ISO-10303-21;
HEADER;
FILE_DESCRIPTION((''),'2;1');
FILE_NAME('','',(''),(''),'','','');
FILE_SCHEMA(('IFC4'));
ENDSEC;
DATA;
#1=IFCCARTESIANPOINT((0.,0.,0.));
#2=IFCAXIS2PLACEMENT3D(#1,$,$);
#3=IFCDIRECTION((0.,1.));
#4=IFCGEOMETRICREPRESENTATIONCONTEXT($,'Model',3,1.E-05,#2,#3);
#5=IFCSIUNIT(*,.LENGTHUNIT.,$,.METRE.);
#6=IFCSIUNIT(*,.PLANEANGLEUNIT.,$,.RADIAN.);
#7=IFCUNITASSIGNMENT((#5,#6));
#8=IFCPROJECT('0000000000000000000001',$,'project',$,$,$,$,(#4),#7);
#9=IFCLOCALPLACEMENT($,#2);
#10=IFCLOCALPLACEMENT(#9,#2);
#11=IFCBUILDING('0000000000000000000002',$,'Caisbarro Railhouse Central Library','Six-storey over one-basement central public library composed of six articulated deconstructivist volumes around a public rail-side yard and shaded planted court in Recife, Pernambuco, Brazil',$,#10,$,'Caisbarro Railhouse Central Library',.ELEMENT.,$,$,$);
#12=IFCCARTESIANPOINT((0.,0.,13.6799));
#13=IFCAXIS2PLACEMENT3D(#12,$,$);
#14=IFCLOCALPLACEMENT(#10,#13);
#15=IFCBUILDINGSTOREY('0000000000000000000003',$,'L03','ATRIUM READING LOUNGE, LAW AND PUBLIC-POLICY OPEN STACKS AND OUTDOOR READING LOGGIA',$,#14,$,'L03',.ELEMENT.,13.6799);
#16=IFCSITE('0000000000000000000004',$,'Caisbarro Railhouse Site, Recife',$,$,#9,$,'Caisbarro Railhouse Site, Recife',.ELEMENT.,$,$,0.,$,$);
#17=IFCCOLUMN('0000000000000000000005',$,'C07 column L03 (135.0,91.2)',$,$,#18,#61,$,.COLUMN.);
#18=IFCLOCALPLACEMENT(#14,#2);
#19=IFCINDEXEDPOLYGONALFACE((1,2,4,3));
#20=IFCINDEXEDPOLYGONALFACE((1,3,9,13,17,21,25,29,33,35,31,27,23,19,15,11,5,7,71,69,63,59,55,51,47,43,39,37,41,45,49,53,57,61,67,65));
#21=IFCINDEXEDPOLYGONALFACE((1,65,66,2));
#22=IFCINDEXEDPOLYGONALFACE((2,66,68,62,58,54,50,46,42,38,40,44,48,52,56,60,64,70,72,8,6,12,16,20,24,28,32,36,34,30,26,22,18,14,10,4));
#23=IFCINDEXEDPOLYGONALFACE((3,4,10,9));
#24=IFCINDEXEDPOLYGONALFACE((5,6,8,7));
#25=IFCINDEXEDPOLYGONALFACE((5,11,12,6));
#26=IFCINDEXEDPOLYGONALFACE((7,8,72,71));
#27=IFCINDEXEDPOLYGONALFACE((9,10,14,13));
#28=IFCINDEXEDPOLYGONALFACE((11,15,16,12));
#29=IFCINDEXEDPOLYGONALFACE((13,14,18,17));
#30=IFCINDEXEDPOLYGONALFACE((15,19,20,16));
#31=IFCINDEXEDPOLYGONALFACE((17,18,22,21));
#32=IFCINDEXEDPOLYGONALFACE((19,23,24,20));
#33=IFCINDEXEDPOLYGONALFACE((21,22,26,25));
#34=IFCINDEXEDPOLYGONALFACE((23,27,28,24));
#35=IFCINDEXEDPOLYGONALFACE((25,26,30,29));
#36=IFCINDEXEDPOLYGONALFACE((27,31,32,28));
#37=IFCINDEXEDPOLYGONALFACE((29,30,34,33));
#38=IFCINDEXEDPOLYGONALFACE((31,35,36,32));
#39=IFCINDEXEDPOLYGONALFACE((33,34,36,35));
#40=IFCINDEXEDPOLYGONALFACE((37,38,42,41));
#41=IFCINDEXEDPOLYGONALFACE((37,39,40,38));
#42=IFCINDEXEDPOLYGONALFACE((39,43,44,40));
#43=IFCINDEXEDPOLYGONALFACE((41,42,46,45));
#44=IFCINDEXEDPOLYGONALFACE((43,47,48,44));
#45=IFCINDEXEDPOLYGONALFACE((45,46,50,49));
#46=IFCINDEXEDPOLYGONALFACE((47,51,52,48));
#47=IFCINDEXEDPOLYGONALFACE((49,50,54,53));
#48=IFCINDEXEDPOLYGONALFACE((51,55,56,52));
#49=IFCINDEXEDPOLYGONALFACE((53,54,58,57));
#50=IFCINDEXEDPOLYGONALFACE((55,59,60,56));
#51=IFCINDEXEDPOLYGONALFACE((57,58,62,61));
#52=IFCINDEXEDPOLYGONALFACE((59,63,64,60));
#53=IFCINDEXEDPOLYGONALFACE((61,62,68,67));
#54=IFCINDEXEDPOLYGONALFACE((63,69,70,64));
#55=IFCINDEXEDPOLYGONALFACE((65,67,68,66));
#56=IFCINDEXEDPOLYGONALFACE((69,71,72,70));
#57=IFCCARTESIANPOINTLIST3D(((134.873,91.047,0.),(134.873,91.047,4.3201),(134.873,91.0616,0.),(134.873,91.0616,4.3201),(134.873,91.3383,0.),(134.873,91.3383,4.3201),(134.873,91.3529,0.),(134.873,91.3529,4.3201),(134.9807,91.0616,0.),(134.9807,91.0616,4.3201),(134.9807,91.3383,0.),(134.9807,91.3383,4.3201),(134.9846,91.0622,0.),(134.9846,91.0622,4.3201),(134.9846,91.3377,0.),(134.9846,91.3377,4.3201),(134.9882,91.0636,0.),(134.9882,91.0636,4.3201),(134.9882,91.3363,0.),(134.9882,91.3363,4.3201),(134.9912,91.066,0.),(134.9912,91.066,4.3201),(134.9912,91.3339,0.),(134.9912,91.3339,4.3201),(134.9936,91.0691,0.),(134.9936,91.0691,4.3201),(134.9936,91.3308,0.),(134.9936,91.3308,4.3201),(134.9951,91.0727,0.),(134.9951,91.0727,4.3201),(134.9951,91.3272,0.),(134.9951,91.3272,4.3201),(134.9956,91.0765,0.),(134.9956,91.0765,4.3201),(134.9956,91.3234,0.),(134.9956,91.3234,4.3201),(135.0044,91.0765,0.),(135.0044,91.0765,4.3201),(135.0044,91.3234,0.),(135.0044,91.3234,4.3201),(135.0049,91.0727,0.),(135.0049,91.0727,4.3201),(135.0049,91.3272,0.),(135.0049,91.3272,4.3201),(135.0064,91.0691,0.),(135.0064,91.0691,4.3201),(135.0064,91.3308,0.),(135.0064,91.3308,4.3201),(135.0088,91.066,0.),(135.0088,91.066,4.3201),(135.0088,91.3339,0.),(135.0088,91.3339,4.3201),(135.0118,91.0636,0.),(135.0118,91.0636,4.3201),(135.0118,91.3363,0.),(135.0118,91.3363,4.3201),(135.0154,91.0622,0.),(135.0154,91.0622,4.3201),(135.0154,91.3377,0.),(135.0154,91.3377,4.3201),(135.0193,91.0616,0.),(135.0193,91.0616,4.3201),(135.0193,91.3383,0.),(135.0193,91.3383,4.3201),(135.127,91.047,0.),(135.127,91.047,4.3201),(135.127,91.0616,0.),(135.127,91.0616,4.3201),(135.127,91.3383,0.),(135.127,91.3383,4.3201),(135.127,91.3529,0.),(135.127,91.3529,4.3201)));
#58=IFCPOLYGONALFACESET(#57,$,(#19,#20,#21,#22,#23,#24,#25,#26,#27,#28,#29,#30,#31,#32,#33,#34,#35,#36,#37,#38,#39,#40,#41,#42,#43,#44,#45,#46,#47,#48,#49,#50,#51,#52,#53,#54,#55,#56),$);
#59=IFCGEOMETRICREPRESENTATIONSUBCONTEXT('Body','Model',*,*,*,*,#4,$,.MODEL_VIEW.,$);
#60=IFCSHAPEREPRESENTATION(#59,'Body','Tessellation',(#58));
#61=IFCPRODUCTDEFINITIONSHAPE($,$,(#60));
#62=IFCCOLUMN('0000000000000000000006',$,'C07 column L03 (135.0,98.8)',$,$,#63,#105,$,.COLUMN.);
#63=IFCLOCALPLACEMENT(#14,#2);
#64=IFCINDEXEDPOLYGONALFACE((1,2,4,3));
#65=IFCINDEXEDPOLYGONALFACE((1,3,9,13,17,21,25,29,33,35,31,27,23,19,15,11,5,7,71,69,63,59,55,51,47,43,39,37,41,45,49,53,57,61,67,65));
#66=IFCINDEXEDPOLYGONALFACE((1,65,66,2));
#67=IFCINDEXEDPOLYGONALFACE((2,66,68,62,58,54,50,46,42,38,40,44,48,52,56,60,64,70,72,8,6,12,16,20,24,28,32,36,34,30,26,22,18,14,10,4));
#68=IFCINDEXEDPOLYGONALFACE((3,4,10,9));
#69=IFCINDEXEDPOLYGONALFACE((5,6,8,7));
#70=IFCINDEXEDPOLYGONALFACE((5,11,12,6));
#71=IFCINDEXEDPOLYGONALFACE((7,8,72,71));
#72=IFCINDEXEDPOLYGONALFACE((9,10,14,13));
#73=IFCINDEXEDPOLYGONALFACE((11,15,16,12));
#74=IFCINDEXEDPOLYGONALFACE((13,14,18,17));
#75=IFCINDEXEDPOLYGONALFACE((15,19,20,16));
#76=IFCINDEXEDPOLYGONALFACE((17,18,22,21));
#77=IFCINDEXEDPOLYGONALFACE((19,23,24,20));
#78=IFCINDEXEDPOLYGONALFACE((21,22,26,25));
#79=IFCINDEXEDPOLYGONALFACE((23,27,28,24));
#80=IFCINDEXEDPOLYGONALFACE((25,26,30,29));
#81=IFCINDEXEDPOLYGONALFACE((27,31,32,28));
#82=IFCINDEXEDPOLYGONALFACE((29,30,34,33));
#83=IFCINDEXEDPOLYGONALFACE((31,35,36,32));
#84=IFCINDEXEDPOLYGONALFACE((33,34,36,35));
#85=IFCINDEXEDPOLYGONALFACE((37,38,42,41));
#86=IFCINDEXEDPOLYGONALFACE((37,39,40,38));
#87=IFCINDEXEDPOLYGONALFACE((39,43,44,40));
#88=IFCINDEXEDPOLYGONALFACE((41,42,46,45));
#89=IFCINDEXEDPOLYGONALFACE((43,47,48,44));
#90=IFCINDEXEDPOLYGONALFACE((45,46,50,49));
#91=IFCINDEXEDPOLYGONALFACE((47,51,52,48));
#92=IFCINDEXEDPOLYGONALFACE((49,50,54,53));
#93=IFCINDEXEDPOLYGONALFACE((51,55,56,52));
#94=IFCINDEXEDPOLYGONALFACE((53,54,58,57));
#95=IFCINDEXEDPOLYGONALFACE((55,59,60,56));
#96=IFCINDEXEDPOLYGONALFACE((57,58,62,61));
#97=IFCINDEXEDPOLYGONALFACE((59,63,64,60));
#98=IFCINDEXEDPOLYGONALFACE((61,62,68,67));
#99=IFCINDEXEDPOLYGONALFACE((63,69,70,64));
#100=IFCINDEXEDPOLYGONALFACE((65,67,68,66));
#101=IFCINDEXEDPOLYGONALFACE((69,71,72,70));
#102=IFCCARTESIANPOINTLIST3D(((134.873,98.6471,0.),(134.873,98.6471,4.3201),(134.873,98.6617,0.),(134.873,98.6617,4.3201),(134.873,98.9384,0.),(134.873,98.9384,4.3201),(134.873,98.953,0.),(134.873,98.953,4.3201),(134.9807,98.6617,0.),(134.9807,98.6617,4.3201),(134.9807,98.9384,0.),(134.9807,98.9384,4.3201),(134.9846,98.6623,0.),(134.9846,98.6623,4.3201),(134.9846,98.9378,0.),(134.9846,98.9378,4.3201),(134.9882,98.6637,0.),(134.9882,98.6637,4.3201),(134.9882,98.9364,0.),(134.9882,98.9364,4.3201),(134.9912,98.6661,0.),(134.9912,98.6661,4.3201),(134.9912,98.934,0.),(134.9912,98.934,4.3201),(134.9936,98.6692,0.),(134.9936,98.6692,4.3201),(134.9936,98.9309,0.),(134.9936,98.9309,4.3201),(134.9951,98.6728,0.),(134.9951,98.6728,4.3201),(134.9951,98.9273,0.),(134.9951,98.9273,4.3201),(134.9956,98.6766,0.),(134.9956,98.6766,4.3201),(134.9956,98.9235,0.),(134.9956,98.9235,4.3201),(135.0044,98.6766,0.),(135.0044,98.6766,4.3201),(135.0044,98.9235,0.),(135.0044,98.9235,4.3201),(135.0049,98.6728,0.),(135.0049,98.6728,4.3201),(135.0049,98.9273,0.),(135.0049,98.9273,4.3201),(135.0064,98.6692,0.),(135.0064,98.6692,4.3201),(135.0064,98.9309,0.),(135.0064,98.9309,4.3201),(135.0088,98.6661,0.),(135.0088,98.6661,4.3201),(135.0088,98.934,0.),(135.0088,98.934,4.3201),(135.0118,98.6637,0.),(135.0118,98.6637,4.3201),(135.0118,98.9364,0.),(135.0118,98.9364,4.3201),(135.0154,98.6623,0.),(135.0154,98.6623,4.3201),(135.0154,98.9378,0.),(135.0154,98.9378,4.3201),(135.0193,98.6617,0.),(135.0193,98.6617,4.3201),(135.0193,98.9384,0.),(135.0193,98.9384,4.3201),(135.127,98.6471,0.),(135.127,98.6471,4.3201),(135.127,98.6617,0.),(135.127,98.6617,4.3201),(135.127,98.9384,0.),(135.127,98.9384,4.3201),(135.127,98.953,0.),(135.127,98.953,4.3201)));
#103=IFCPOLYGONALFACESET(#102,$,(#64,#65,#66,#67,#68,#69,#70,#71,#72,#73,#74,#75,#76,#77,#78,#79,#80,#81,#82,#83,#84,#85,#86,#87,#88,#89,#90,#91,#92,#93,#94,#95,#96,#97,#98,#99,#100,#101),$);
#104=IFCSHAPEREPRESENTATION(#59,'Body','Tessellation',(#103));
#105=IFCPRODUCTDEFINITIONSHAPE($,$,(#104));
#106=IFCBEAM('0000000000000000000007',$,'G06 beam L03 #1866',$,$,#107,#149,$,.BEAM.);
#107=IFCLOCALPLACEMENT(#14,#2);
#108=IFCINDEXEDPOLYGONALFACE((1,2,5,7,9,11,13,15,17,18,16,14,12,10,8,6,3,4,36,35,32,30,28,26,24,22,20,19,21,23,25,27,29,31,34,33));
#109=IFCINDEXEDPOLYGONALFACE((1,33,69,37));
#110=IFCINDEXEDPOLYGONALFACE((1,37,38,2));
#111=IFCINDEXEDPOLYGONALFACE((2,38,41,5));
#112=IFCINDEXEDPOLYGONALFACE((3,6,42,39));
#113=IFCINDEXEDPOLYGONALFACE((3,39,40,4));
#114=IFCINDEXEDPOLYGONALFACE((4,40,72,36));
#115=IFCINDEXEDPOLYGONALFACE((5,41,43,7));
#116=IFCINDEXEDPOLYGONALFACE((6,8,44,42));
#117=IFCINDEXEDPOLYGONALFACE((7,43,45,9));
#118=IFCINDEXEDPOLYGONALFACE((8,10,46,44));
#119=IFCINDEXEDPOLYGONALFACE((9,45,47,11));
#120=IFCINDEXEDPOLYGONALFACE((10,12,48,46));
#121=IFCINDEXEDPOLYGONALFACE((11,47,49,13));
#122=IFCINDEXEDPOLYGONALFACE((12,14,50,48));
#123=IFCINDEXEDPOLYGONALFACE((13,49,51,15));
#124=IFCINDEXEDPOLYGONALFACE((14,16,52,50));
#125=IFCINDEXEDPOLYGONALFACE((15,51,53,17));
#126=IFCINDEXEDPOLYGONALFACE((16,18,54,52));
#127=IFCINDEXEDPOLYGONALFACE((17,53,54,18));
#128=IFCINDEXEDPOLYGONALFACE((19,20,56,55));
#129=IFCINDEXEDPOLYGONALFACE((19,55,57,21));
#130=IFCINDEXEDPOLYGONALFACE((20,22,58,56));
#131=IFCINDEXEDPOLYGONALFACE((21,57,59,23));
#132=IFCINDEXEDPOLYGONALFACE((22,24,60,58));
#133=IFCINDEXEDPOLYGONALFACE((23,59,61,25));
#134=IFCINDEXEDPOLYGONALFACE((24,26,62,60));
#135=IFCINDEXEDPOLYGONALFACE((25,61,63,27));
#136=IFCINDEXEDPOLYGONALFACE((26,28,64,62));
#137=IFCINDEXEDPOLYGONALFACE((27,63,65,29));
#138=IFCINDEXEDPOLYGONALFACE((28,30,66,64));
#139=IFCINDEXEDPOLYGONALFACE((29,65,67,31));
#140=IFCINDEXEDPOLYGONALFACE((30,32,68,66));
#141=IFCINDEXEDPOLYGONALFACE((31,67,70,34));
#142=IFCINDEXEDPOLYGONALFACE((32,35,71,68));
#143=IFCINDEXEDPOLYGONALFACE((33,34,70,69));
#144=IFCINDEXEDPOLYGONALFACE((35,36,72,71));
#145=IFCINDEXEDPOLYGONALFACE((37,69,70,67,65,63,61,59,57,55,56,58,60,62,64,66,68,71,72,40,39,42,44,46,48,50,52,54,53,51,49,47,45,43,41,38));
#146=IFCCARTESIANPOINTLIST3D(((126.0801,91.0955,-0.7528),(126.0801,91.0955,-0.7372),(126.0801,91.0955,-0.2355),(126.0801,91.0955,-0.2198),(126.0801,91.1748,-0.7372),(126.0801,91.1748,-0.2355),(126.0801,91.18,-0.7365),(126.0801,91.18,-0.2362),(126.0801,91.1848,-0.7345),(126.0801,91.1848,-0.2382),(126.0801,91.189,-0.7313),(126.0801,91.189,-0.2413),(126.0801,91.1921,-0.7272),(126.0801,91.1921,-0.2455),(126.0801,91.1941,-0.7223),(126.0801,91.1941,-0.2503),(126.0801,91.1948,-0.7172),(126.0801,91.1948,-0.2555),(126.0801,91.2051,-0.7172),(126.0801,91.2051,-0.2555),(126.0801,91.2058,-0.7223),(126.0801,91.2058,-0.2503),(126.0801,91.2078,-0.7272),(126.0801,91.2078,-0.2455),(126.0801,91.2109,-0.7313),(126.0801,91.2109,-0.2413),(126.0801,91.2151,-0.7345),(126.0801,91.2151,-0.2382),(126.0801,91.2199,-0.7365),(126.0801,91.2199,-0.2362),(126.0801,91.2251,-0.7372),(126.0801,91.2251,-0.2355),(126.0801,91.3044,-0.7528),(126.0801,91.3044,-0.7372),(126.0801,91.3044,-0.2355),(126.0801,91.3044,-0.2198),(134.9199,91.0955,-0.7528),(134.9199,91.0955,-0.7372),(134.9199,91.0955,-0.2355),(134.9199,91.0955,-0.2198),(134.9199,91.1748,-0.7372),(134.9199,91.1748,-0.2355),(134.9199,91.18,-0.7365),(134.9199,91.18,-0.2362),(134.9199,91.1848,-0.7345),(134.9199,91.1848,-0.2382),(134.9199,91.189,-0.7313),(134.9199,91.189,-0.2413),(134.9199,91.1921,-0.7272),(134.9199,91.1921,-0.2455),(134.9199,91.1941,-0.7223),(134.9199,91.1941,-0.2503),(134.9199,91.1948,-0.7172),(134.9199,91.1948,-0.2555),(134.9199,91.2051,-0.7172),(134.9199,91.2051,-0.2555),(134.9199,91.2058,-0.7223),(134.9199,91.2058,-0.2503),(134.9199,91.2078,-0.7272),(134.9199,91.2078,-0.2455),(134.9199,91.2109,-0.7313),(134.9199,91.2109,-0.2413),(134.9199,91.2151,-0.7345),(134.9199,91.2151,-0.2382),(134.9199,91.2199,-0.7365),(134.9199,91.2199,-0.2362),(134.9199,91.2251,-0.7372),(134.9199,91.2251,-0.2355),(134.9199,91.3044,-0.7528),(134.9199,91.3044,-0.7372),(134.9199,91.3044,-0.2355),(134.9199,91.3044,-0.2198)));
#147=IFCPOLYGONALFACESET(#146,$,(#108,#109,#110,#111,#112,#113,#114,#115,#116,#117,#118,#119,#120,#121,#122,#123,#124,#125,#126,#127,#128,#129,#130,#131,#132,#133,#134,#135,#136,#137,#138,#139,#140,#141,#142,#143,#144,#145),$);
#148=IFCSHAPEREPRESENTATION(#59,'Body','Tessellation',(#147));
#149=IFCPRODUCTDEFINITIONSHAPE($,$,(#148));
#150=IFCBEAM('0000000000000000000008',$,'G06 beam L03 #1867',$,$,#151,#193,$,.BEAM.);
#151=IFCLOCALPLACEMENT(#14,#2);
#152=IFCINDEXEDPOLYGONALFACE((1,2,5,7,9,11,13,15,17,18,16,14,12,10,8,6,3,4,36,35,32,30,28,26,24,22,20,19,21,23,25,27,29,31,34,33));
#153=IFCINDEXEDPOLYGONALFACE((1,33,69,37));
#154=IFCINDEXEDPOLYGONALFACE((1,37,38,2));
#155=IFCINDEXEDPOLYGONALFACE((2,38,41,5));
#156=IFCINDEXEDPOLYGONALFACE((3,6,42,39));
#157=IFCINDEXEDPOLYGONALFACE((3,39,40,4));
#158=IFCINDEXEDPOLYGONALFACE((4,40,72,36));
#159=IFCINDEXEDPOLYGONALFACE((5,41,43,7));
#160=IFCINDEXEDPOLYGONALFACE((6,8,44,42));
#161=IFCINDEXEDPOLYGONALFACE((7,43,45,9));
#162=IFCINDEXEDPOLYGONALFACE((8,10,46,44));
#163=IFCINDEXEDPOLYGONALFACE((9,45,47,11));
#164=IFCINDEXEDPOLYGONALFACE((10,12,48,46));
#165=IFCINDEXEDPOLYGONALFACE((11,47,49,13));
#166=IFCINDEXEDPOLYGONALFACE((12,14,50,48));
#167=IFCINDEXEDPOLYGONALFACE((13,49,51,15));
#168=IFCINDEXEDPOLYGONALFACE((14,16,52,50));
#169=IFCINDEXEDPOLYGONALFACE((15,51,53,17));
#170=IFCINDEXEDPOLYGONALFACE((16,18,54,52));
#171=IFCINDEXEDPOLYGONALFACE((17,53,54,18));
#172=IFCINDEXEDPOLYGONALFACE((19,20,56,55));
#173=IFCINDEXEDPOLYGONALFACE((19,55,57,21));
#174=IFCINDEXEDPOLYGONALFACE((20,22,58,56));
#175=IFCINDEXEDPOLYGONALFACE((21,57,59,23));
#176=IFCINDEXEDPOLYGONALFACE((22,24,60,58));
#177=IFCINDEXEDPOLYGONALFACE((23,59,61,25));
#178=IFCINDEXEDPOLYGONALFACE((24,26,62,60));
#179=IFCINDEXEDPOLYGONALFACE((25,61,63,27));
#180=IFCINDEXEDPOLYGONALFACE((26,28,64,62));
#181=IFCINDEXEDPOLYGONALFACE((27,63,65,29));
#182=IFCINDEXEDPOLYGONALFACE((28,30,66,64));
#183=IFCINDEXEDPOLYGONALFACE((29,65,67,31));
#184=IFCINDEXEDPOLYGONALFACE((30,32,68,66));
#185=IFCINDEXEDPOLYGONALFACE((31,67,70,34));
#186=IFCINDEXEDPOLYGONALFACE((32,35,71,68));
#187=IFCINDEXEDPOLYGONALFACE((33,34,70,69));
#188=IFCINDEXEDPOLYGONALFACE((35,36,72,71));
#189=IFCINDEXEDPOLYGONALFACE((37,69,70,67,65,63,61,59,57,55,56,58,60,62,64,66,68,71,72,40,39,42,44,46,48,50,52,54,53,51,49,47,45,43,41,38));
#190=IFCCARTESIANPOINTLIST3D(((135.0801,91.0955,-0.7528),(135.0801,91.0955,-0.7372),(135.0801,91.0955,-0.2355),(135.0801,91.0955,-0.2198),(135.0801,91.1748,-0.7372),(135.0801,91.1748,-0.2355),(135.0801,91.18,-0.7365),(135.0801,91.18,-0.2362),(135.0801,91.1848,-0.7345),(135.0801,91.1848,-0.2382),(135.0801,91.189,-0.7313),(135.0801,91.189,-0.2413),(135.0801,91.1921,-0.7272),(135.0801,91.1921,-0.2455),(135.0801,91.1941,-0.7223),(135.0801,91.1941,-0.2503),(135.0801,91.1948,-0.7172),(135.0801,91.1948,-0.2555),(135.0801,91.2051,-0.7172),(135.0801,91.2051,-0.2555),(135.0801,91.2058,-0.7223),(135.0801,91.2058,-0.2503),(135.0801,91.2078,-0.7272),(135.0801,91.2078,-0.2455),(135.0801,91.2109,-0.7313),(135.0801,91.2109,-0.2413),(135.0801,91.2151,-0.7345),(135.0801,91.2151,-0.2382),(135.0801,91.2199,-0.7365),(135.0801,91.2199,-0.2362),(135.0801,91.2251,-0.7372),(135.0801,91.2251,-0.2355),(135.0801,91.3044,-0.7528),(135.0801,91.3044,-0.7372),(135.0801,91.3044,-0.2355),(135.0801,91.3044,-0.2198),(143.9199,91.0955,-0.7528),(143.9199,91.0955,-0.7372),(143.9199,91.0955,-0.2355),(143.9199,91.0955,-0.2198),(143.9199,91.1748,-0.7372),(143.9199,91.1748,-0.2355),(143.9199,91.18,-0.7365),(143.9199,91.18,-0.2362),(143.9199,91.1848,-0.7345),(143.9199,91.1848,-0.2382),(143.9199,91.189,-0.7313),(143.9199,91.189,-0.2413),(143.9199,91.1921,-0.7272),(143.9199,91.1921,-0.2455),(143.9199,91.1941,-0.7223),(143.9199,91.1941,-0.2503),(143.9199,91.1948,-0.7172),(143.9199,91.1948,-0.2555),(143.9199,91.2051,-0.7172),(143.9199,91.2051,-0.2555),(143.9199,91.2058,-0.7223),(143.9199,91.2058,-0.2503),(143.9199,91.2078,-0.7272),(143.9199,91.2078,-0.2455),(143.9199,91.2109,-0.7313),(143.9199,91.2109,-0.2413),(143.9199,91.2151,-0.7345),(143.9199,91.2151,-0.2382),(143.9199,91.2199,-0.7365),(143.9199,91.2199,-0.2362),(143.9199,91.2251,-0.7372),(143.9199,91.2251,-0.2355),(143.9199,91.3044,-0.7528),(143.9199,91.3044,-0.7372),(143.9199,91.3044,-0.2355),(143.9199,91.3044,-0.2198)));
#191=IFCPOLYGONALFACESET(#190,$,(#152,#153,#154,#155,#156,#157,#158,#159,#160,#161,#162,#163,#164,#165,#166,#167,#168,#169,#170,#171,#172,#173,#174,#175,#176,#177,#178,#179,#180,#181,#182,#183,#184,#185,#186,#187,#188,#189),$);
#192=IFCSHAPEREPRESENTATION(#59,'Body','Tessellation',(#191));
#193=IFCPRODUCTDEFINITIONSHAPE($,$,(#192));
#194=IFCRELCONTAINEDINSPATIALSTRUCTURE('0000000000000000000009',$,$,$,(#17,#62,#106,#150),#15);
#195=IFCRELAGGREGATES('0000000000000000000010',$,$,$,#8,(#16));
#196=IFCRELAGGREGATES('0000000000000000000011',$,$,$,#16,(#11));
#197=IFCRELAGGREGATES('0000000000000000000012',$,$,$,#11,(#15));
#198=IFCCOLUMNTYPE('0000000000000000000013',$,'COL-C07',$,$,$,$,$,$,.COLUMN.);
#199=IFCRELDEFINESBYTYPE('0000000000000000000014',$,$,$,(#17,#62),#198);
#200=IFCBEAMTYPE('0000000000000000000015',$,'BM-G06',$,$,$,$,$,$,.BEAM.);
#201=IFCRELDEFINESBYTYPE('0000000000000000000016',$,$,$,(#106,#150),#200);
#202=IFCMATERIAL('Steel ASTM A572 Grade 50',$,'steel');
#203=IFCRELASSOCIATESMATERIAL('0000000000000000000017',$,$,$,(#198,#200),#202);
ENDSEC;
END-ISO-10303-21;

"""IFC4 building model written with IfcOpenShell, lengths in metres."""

from ifc_helpers import new_model, si_unit, direction, frame, origin, origin_2d, place, context, subcontext, project, spatial, i_section, extrude, material, material_profile, profile_set, type_object, element, save


model = new_model("IFC4")

# Units and contexts
model_context = context("Model", 3, precision=1e-05, world=origin(), true_north=direction((0.0, 1.0)))
body_context = subcontext(model_context, "Body", "Model", "MODEL_VIEW")
ifc_project = project(units=[si_unit("LENGTHUNIT", "METRE"), si_unit("PLANEANGLEUNIT", "RADIAN")], contexts=[model_context])

# Site, building, storey
site_placement = place(None, origin())
site = spatial("IfcSite", under=ifc_project, at=site_placement, Name="Caisbarro Railhouse Site, Recife", LongName="Caisbarro Railhouse Site, Recife", CompositionType="ELEMENT", RefElevation=0.0)
building_placement = place(site_placement, origin())
building = spatial("IfcBuilding", under=site, at=building_placement, Name="Caisbarro Railhouse Central Library", Description="Six-storey over one-basement central public library composed of six articulated deconstructivist volumes around a public rail-side yard and shaded planted court in Recife, Pernambuco, Brazil", LongName="Caisbarro Railhouse Central Library", CompositionType="ELEMENT")
storey_placement = place(building_placement, frame((0.0, 0.0, 13.6799)))
storey = spatial("IfcBuildingStorey", under=building, at=storey_placement, Name="L03", Description="ATRIUM READING LOUNGE, LAW AND PUBLIC-POLICY OPEN STACKS AND OUTDOOR READING LOGGIA", LongName="L03", CompositionType="ELEMENT", Elevation=13.6799)

# Columns
ifc_material_1 = material(Name="Steel ASTM A572 Grade 50", Category="steel")
ifc_material_profile_1 = material_profile(ifc_material_1, i_section(OverallWidth=0.2539, OverallDepth=0.3059, WebThickness=0.0088, FlangeThickness=0.0146, FilletRadius=0.0149, at=origin_2d()), Name="W310X79.0")
ifc_profile_set_1 = profile_set([ifc_material_profile_1], Name="Steel ASTM A572 Grade 50")
column_type = type_object("IfcColumnType", Name="COL-C07", PredefinedType="COLUMN", material=ifc_profile_set_1)
for number, where, z_axis, x_axis, name in (
    (1, (135.0, 91.2, 0.0), (0.0, 0.0, 1.0), (1.0, 0.0, 0.0), "C07 column L03 (135.0,91.2)"),
    (2, (135.0, 98.8, 0.0), (0.0, 0.0, 1.0), (1.0, 0.0, 0.0), "C07 column L03 (135.0,98.8)"),
):
    element("IfcColumn", number, at=place(storey_placement, frame(where, z_axis=z_axis, x_axis=x_axis)), inside=storey, type_object=column_type, Name=name, PredefinedType="COLUMN", context=body_context, shape_type="SweptSolid", body=[
        extrude(i_section(OverallWidth=0.2539, OverallDepth=0.3059, WebThickness=0.0088, FlangeThickness=0.0146, FilletRadius=0.0149, at=origin_2d()), origin(), (0.0, 0.0, 1.0), 4.3201),
    ])

# Beams
ifc_material_profile_2 = material_profile(ifc_material_1, i_section(OverallWidth=0.209, OverallDepth=0.533, WebThickness=0.0103, FlangeThickness=0.0156, FilletRadius=0.02, at=origin_2d()), Name="W530X92.0")
ifc_profile_set_2 = profile_set([ifc_material_profile_2], Name="Steel ASTM A572 Grade 50")
beam_type_1 = type_object("IfcBeamType", Name="BM-G06", PredefinedType="BEAM", material=ifc_profile_set_2)
for number, where, z_axis, x_axis, name in (
    (3, (126.0801, 91.2, -0.4863), (1.0, 0.0, 0.0), (0.0, 1.0, 0.0), "G06 beam L03 #1866"),
    (4, (135.0801, 91.2, -0.4863), (1.0, 0.0, 0.0), (0.0, 1.0, 0.0), "G06 beam L03 #1867"),
):
    element("IfcBeam", number, at=place(storey_placement, frame(where, z_axis=z_axis, x_axis=x_axis)), inside=storey, type_object=beam_type_1, Name=name, PredefinedType="BEAM", context=body_context, shape_type="SweptSolid", body=[
        extrude(i_section(OverallWidth=0.209, OverallDepth=0.533, WebThickness=0.0103, FlangeThickness=0.0156, FilletRadius=0.02, at=origin_2d()), origin(), (0.0, 0.0, 1.0), 8.8398),
    ])

save(model, "model.ifc")
